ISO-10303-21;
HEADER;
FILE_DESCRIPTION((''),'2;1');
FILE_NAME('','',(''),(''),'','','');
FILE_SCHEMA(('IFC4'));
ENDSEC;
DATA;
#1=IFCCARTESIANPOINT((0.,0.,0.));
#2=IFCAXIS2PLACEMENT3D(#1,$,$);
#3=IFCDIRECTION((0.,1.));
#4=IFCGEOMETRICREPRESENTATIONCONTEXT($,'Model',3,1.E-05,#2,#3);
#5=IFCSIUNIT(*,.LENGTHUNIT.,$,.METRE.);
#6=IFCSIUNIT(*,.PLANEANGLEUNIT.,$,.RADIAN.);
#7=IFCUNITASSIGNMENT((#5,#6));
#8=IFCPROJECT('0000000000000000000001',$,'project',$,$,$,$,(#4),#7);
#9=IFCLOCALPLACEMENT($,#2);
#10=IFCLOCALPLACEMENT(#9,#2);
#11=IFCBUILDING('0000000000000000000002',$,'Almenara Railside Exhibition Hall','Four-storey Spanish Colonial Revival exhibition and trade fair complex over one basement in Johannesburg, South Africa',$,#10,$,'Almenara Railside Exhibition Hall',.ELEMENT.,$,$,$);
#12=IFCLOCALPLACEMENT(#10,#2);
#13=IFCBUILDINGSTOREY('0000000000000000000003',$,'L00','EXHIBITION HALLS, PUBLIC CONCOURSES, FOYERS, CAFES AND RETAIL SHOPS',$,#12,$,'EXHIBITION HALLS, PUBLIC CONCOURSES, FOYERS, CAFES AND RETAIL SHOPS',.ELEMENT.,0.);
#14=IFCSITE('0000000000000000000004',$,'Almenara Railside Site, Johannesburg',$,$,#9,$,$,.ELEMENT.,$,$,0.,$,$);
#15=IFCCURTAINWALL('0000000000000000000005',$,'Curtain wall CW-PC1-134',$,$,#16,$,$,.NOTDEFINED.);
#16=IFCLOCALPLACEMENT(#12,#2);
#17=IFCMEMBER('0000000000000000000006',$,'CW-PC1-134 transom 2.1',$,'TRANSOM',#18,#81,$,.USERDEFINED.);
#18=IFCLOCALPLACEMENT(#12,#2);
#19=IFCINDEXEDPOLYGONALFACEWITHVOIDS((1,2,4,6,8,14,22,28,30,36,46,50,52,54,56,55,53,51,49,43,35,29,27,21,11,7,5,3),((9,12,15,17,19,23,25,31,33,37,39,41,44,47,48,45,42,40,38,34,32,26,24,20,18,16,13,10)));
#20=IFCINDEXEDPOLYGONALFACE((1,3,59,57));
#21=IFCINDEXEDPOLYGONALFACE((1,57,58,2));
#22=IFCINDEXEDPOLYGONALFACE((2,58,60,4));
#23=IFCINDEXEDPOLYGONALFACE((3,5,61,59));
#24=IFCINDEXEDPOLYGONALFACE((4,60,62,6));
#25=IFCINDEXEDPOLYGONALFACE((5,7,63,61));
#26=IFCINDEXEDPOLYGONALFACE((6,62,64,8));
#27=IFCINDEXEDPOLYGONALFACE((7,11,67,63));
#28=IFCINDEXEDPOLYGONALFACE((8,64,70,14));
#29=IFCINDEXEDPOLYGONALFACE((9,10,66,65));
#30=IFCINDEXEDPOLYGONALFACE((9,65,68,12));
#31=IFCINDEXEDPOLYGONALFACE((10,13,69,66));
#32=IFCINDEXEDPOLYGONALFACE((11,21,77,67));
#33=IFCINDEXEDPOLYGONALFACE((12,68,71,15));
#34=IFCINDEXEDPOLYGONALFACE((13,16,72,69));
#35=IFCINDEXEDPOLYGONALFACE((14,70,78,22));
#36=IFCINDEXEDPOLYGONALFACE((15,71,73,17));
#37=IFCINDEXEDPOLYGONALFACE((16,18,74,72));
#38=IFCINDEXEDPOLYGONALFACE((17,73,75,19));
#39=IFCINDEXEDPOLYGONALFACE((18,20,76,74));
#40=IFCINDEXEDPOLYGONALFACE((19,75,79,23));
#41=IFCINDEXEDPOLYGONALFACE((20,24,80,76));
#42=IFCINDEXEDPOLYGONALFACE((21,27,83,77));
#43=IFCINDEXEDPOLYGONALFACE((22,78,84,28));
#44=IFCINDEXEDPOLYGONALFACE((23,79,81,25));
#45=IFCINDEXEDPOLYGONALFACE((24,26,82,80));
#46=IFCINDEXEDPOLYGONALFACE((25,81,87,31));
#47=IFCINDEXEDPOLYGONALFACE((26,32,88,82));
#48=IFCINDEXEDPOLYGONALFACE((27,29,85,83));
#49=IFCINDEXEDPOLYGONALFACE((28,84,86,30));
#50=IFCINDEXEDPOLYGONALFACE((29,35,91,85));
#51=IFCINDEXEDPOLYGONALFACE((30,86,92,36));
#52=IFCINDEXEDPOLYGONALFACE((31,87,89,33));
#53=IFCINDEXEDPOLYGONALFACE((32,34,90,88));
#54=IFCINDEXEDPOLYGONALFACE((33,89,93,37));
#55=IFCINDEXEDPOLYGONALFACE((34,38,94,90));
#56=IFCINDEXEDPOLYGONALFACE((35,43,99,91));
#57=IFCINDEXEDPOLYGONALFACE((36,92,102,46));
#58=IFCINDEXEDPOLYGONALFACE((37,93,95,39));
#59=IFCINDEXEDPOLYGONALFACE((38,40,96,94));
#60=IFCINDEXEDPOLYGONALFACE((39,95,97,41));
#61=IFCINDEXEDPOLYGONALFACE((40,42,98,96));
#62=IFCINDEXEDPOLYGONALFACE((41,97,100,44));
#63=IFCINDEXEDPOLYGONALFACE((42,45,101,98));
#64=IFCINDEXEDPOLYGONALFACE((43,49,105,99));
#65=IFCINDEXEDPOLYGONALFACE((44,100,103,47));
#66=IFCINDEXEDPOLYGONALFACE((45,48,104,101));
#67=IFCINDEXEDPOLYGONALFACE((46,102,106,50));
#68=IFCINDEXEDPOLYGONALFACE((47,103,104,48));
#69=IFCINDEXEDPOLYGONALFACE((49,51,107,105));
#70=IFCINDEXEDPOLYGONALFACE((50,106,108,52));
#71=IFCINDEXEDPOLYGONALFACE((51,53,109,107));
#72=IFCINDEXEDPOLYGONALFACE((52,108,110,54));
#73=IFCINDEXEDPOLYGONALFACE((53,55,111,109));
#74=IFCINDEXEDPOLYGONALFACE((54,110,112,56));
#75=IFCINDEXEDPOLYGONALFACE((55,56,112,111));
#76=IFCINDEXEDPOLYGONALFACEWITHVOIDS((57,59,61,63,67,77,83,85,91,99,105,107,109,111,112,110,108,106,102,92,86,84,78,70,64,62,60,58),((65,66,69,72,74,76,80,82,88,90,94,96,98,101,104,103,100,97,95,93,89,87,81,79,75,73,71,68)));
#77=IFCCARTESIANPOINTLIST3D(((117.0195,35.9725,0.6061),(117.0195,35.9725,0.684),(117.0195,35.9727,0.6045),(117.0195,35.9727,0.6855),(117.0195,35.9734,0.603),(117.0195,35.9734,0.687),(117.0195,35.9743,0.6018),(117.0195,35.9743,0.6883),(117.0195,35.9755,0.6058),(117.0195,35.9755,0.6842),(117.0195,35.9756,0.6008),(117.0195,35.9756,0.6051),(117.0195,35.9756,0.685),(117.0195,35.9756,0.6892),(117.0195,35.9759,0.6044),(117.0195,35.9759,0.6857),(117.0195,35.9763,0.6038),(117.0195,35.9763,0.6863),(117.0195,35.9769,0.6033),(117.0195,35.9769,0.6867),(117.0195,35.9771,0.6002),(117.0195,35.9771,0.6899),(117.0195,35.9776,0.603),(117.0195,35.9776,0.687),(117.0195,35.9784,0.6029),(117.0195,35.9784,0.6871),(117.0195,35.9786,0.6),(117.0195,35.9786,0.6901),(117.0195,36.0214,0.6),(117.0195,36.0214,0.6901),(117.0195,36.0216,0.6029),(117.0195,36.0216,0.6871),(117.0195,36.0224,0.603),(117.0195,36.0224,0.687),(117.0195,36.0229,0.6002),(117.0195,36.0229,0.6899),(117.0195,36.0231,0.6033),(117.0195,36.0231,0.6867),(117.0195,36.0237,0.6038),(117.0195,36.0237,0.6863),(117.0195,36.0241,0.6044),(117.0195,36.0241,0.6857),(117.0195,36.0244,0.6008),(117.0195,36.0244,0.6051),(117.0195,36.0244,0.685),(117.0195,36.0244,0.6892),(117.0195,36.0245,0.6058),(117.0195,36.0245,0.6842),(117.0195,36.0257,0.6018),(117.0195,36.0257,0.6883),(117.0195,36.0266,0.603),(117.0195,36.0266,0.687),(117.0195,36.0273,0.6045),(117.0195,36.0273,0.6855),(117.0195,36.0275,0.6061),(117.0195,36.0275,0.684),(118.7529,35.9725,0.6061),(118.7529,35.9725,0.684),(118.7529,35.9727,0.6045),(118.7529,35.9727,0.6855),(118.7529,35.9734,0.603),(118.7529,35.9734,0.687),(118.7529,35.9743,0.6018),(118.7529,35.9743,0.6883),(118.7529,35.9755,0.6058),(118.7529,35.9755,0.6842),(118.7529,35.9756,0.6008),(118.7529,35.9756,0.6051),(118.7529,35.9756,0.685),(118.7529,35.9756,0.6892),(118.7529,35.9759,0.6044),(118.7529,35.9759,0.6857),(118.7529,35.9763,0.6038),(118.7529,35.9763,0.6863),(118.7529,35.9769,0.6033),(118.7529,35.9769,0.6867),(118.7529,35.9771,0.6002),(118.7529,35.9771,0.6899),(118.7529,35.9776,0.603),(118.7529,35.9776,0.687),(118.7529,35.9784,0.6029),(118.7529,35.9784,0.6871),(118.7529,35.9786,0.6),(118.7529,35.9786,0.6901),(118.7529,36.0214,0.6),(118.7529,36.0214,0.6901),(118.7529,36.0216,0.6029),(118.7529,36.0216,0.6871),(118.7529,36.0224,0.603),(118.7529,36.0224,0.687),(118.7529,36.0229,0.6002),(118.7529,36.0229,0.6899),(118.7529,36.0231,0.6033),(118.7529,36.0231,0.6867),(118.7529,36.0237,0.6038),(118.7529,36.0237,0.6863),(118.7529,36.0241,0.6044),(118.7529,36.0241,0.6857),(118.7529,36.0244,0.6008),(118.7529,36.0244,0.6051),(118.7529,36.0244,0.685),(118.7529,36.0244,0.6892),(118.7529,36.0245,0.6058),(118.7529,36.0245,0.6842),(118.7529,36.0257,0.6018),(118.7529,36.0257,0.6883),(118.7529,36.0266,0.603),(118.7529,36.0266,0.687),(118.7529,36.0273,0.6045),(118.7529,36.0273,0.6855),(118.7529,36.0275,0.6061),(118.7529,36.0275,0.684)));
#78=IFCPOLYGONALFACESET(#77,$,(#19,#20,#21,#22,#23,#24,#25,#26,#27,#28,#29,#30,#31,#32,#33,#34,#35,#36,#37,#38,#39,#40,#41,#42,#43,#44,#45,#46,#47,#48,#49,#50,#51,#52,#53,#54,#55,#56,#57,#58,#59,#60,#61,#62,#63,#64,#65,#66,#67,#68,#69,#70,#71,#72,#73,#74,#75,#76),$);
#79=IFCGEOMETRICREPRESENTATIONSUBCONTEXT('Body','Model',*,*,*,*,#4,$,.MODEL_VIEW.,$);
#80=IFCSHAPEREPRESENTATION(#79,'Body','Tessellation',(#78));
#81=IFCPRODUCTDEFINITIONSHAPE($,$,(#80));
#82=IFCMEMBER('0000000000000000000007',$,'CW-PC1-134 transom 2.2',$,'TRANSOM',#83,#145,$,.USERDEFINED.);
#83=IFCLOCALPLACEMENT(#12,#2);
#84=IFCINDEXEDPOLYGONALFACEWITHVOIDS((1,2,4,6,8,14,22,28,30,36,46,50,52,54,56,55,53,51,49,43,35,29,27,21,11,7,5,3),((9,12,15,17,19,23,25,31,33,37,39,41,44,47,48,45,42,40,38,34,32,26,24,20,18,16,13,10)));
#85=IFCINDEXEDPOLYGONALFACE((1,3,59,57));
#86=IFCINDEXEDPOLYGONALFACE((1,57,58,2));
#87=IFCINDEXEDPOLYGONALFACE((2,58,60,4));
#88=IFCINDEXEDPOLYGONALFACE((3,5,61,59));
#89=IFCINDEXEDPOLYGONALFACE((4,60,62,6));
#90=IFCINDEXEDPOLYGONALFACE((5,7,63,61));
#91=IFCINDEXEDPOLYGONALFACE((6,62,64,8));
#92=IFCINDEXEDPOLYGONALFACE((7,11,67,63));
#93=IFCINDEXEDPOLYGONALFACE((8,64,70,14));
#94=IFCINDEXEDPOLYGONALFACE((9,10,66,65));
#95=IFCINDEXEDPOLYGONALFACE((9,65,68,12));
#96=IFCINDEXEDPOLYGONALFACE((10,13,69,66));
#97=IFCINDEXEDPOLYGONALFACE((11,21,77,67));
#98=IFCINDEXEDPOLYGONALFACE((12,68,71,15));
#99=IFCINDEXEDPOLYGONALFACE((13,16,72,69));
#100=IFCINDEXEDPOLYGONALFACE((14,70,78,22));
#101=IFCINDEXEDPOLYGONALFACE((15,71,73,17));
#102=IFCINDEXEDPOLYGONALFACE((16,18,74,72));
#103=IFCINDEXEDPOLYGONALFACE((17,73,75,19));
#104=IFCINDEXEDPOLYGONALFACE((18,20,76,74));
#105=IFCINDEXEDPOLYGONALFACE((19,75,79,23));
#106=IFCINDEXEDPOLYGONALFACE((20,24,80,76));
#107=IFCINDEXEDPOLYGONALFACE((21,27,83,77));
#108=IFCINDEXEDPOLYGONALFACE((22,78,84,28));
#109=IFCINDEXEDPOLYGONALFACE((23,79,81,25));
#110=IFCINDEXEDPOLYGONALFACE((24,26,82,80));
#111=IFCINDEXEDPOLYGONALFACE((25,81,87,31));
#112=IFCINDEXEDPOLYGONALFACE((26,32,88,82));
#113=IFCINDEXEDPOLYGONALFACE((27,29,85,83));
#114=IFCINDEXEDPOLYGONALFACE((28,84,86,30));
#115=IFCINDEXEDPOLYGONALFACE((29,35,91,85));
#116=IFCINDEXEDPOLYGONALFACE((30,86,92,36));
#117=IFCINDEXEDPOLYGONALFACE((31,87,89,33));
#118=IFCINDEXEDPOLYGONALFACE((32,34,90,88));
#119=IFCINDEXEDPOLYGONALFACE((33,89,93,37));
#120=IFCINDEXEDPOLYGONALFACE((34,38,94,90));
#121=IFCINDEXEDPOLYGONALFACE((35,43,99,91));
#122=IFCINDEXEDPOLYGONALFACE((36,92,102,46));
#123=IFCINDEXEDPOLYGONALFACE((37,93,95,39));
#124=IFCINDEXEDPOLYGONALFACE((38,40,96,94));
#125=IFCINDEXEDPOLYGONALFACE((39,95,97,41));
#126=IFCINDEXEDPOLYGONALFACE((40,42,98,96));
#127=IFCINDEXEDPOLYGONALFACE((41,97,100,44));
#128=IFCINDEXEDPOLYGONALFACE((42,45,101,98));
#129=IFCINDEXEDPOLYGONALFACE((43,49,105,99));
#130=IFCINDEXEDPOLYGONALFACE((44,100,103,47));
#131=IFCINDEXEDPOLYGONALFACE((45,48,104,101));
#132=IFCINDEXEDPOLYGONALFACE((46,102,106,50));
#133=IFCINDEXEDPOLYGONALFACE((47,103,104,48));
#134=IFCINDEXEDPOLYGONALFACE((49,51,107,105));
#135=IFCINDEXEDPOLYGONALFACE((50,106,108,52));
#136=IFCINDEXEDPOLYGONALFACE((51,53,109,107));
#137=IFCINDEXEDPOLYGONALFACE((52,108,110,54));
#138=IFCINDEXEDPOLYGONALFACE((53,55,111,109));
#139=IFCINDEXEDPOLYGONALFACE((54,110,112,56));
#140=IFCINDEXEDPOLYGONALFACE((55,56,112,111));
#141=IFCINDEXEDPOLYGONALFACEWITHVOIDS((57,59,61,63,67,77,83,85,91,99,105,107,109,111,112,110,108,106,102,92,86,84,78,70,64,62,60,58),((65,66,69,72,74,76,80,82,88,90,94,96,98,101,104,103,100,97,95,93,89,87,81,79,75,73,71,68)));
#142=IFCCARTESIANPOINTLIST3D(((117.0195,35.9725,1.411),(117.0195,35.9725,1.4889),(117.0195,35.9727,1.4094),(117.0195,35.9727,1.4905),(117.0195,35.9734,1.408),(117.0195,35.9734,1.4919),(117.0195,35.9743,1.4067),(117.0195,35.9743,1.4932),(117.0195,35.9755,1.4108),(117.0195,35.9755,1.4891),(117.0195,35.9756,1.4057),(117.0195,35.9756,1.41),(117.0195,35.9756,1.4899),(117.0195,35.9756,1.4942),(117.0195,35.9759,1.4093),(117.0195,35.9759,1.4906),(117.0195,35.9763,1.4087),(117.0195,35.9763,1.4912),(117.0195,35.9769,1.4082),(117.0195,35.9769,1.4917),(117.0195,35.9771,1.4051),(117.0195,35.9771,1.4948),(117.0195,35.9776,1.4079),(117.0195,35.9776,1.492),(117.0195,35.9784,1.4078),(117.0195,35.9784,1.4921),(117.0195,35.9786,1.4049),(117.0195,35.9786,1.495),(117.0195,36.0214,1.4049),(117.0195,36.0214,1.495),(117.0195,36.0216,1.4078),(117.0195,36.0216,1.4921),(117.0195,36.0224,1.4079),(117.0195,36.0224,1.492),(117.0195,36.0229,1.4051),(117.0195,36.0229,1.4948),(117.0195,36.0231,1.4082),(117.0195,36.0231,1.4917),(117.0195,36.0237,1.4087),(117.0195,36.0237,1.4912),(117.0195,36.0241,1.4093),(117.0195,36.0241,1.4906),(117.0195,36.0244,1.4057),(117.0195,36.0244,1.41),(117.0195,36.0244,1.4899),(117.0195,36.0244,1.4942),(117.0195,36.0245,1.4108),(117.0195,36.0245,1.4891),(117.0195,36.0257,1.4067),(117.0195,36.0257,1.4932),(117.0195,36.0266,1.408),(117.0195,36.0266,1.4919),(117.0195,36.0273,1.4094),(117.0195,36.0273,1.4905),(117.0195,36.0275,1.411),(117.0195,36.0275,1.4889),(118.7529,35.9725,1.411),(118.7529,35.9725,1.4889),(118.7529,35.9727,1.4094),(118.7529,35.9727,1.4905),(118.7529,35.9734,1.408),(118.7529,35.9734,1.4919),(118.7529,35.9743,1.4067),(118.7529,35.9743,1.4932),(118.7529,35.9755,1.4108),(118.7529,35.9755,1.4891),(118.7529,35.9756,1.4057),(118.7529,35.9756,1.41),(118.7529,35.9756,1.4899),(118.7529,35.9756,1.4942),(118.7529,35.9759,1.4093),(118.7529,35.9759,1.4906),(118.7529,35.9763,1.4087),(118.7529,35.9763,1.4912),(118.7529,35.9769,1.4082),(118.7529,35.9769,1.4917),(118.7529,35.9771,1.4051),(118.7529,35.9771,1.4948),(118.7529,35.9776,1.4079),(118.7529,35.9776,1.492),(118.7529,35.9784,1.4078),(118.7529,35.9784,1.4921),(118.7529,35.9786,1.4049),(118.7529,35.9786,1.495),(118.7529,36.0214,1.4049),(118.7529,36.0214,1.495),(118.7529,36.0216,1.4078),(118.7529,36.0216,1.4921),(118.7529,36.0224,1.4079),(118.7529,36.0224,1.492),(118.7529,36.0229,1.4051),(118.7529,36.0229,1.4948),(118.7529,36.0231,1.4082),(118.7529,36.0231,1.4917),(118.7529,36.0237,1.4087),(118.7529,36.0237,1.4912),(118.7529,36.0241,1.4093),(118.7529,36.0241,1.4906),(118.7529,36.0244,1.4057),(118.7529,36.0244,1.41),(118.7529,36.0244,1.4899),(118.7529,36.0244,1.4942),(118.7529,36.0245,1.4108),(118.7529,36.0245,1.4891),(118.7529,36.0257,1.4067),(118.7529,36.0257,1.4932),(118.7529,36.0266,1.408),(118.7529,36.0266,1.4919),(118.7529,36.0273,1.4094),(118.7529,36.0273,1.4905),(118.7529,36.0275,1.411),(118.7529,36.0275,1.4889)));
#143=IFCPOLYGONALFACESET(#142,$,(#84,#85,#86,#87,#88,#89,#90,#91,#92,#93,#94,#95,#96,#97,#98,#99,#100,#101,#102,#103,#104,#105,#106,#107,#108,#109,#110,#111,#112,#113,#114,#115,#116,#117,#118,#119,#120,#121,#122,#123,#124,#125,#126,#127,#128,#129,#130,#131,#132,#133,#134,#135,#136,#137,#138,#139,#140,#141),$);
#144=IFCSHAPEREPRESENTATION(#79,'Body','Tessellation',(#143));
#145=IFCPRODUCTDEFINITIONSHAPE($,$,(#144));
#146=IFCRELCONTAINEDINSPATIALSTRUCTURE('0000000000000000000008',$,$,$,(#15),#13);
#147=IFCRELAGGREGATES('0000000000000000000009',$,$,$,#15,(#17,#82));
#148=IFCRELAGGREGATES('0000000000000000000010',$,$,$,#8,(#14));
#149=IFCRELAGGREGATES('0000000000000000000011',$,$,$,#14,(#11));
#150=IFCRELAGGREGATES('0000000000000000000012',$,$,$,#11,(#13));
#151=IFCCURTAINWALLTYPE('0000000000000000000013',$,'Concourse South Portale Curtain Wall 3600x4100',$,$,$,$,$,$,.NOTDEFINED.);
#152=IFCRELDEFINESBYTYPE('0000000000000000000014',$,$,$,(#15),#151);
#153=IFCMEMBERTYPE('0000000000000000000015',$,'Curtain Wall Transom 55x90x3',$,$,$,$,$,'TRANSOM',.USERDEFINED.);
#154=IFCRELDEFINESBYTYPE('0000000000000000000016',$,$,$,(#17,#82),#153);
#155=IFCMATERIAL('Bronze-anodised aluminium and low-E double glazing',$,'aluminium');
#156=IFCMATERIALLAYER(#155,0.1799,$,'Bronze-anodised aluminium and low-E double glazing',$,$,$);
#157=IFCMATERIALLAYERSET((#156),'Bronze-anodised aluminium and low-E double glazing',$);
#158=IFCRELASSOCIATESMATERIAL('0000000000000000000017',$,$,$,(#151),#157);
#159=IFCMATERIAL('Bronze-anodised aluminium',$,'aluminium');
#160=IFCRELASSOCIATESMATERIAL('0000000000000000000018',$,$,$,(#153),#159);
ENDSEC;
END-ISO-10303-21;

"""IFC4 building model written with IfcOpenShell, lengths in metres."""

from ifc_helpers import new_model, si_unit, direction, frame, origin, origin_2d, place, context, subcontext, project, spatial, hollow_rectangle, extrude, material, layer, layer_set, material_profile, profile_set, type_object, element, aggregate, save


model = new_model("IFC4")

# Units and contexts
model_context = context("Model", 3, precision=1e-05, world=origin(), true_north=direction((0.0, 1.0)))
body_context = subcontext(model_context, "Body", "Model", "MODEL_VIEW")
ifc_project = project(units=[si_unit("LENGTHUNIT", "METRE"), si_unit("PLANEANGLEUNIT", "RADIAN")], contexts=[model_context])

# Site, building, storey
site_placement = place(None, origin())
site = spatial("IfcSite", under=ifc_project, at=site_placement, Name="Almenara Railside Site, Johannesburg", CompositionType="ELEMENT", RefElevation=0.0)
building_placement = place(site_placement, origin())
building = spatial("IfcBuilding", under=site, at=building_placement, Name="Almenara Railside Exhibition Hall", Description="Four-storey Spanish Colonial Revival exhibition and trade fair complex over one basement in Johannesburg, South Africa", LongName="Almenara Railside Exhibition Hall", CompositionType="ELEMENT")
storey_placement = place(building_placement, origin())
storey = spatial("IfcBuildingStorey", under=building, at=storey_placement, Name="L00", Description="EXHIBITION HALLS, PUBLIC CONCOURSES, FOYERS, CAFES AND RETAIL SHOPS", LongName="EXHIBITION HALLS, PUBLIC CONCOURSES, FOYERS, CAFES AND RETAIL SHOPS", CompositionType="ELEMENT", Elevation=0.0)

# Curtain wall, members
ifc_material_1 = material(Name="Bronze-anodised aluminium and low-E double glazing", Category="aluminium")
ifc_layer_1 = layer(ifc_material_1, 0.1799, Name="Bronze-anodised aluminium and low-E double glazing")
ifc_layer_set_1 = layer_set([ifc_layer_1], Name="Bronze-anodised aluminium and low-E double glazing")
curtain_wall_type = type_object("IfcCurtainWallType", Name="Concourse South Portale Curtain Wall 3600x4100", PredefinedType="NOTDEFINED", material=ifc_layer_set_1)
curtain_wall_placement = place(storey_placement, origin())
curtain_wall = element("IfcCurtainWall", 1, at=curtain_wall_placement, inside=storey, type_object=curtain_wall_type, Name="Curtain wall CW-PC1-134", PredefinedType="NOTDEFINED")
ifc_material_2 = material(Name="Bronze-anodised aluminium", Category="aluminium")
ifc_material_profile_1 = material_profile(ifc_material_2, hollow_rectangle(XDim=0.0549, YDim=0.0901, WallThickness=0.0029, InnerFilletRadius=0.0029, OuterFilletRadius=0.0061, at=origin_2d()), Name="ALU-TRN 55x90x3")
ifc_profile_set_1 = profile_set([ifc_material_profile_1], Name="Bronze-anodised aluminium")
member_type_1 = type_object("IfcMemberType", Name="Curtain Wall Transom 55x90x3", ElementType="TRANSOM", PredefinedType="USERDEFINED", material=ifc_profile_set_1)
member_1_placement = place(storey_placement, frame((117.0195, 36.0, 0.645), z_axis=(1.0, 0.0, 0.0), x_axis=(0.0, 1.0, 0.0)))
member_1 = element("IfcMember", 2, at=member_1_placement, type_object=member_type_1, Name="CW-PC1-134 transom 2.1", ObjectType="TRANSOM", PredefinedType="USERDEFINED", context=body_context, shape_type="SweptSolid", body=[
    extrude(hollow_rectangle(XDim=0.0549, YDim=0.0901, WallThickness=0.0029, InnerFilletRadius=0.0029, OuterFilletRadius=0.0061, at=origin_2d()), origin(), (0.0, 0.0, 1.0), 1.7334),
])
member_2_placement = place(storey_placement, frame((117.0195, 36.0, 1.45), z_axis=(1.0, 0.0, 0.0), x_axis=(0.0, 1.0, 0.0)))
member_2 = element("IfcMember", 3, at=member_2_placement, type_object=member_type_1, Name="CW-PC1-134 transom 2.2", ObjectType="TRANSOM", PredefinedType="USERDEFINED", context=body_context, shape_type="SweptSolid", body=[
    extrude(hollow_rectangle(XDim=0.0549, YDim=0.0901, WallThickness=0.0029, InnerFilletRadius=0.0029, OuterFilletRadius=0.0061, at=origin_2d()), origin(), (0.0, 0.0, 1.0), 1.7334),
])

aggregate(curtain_wall, [member_1, member_2])

save(model, "model.ifc")
